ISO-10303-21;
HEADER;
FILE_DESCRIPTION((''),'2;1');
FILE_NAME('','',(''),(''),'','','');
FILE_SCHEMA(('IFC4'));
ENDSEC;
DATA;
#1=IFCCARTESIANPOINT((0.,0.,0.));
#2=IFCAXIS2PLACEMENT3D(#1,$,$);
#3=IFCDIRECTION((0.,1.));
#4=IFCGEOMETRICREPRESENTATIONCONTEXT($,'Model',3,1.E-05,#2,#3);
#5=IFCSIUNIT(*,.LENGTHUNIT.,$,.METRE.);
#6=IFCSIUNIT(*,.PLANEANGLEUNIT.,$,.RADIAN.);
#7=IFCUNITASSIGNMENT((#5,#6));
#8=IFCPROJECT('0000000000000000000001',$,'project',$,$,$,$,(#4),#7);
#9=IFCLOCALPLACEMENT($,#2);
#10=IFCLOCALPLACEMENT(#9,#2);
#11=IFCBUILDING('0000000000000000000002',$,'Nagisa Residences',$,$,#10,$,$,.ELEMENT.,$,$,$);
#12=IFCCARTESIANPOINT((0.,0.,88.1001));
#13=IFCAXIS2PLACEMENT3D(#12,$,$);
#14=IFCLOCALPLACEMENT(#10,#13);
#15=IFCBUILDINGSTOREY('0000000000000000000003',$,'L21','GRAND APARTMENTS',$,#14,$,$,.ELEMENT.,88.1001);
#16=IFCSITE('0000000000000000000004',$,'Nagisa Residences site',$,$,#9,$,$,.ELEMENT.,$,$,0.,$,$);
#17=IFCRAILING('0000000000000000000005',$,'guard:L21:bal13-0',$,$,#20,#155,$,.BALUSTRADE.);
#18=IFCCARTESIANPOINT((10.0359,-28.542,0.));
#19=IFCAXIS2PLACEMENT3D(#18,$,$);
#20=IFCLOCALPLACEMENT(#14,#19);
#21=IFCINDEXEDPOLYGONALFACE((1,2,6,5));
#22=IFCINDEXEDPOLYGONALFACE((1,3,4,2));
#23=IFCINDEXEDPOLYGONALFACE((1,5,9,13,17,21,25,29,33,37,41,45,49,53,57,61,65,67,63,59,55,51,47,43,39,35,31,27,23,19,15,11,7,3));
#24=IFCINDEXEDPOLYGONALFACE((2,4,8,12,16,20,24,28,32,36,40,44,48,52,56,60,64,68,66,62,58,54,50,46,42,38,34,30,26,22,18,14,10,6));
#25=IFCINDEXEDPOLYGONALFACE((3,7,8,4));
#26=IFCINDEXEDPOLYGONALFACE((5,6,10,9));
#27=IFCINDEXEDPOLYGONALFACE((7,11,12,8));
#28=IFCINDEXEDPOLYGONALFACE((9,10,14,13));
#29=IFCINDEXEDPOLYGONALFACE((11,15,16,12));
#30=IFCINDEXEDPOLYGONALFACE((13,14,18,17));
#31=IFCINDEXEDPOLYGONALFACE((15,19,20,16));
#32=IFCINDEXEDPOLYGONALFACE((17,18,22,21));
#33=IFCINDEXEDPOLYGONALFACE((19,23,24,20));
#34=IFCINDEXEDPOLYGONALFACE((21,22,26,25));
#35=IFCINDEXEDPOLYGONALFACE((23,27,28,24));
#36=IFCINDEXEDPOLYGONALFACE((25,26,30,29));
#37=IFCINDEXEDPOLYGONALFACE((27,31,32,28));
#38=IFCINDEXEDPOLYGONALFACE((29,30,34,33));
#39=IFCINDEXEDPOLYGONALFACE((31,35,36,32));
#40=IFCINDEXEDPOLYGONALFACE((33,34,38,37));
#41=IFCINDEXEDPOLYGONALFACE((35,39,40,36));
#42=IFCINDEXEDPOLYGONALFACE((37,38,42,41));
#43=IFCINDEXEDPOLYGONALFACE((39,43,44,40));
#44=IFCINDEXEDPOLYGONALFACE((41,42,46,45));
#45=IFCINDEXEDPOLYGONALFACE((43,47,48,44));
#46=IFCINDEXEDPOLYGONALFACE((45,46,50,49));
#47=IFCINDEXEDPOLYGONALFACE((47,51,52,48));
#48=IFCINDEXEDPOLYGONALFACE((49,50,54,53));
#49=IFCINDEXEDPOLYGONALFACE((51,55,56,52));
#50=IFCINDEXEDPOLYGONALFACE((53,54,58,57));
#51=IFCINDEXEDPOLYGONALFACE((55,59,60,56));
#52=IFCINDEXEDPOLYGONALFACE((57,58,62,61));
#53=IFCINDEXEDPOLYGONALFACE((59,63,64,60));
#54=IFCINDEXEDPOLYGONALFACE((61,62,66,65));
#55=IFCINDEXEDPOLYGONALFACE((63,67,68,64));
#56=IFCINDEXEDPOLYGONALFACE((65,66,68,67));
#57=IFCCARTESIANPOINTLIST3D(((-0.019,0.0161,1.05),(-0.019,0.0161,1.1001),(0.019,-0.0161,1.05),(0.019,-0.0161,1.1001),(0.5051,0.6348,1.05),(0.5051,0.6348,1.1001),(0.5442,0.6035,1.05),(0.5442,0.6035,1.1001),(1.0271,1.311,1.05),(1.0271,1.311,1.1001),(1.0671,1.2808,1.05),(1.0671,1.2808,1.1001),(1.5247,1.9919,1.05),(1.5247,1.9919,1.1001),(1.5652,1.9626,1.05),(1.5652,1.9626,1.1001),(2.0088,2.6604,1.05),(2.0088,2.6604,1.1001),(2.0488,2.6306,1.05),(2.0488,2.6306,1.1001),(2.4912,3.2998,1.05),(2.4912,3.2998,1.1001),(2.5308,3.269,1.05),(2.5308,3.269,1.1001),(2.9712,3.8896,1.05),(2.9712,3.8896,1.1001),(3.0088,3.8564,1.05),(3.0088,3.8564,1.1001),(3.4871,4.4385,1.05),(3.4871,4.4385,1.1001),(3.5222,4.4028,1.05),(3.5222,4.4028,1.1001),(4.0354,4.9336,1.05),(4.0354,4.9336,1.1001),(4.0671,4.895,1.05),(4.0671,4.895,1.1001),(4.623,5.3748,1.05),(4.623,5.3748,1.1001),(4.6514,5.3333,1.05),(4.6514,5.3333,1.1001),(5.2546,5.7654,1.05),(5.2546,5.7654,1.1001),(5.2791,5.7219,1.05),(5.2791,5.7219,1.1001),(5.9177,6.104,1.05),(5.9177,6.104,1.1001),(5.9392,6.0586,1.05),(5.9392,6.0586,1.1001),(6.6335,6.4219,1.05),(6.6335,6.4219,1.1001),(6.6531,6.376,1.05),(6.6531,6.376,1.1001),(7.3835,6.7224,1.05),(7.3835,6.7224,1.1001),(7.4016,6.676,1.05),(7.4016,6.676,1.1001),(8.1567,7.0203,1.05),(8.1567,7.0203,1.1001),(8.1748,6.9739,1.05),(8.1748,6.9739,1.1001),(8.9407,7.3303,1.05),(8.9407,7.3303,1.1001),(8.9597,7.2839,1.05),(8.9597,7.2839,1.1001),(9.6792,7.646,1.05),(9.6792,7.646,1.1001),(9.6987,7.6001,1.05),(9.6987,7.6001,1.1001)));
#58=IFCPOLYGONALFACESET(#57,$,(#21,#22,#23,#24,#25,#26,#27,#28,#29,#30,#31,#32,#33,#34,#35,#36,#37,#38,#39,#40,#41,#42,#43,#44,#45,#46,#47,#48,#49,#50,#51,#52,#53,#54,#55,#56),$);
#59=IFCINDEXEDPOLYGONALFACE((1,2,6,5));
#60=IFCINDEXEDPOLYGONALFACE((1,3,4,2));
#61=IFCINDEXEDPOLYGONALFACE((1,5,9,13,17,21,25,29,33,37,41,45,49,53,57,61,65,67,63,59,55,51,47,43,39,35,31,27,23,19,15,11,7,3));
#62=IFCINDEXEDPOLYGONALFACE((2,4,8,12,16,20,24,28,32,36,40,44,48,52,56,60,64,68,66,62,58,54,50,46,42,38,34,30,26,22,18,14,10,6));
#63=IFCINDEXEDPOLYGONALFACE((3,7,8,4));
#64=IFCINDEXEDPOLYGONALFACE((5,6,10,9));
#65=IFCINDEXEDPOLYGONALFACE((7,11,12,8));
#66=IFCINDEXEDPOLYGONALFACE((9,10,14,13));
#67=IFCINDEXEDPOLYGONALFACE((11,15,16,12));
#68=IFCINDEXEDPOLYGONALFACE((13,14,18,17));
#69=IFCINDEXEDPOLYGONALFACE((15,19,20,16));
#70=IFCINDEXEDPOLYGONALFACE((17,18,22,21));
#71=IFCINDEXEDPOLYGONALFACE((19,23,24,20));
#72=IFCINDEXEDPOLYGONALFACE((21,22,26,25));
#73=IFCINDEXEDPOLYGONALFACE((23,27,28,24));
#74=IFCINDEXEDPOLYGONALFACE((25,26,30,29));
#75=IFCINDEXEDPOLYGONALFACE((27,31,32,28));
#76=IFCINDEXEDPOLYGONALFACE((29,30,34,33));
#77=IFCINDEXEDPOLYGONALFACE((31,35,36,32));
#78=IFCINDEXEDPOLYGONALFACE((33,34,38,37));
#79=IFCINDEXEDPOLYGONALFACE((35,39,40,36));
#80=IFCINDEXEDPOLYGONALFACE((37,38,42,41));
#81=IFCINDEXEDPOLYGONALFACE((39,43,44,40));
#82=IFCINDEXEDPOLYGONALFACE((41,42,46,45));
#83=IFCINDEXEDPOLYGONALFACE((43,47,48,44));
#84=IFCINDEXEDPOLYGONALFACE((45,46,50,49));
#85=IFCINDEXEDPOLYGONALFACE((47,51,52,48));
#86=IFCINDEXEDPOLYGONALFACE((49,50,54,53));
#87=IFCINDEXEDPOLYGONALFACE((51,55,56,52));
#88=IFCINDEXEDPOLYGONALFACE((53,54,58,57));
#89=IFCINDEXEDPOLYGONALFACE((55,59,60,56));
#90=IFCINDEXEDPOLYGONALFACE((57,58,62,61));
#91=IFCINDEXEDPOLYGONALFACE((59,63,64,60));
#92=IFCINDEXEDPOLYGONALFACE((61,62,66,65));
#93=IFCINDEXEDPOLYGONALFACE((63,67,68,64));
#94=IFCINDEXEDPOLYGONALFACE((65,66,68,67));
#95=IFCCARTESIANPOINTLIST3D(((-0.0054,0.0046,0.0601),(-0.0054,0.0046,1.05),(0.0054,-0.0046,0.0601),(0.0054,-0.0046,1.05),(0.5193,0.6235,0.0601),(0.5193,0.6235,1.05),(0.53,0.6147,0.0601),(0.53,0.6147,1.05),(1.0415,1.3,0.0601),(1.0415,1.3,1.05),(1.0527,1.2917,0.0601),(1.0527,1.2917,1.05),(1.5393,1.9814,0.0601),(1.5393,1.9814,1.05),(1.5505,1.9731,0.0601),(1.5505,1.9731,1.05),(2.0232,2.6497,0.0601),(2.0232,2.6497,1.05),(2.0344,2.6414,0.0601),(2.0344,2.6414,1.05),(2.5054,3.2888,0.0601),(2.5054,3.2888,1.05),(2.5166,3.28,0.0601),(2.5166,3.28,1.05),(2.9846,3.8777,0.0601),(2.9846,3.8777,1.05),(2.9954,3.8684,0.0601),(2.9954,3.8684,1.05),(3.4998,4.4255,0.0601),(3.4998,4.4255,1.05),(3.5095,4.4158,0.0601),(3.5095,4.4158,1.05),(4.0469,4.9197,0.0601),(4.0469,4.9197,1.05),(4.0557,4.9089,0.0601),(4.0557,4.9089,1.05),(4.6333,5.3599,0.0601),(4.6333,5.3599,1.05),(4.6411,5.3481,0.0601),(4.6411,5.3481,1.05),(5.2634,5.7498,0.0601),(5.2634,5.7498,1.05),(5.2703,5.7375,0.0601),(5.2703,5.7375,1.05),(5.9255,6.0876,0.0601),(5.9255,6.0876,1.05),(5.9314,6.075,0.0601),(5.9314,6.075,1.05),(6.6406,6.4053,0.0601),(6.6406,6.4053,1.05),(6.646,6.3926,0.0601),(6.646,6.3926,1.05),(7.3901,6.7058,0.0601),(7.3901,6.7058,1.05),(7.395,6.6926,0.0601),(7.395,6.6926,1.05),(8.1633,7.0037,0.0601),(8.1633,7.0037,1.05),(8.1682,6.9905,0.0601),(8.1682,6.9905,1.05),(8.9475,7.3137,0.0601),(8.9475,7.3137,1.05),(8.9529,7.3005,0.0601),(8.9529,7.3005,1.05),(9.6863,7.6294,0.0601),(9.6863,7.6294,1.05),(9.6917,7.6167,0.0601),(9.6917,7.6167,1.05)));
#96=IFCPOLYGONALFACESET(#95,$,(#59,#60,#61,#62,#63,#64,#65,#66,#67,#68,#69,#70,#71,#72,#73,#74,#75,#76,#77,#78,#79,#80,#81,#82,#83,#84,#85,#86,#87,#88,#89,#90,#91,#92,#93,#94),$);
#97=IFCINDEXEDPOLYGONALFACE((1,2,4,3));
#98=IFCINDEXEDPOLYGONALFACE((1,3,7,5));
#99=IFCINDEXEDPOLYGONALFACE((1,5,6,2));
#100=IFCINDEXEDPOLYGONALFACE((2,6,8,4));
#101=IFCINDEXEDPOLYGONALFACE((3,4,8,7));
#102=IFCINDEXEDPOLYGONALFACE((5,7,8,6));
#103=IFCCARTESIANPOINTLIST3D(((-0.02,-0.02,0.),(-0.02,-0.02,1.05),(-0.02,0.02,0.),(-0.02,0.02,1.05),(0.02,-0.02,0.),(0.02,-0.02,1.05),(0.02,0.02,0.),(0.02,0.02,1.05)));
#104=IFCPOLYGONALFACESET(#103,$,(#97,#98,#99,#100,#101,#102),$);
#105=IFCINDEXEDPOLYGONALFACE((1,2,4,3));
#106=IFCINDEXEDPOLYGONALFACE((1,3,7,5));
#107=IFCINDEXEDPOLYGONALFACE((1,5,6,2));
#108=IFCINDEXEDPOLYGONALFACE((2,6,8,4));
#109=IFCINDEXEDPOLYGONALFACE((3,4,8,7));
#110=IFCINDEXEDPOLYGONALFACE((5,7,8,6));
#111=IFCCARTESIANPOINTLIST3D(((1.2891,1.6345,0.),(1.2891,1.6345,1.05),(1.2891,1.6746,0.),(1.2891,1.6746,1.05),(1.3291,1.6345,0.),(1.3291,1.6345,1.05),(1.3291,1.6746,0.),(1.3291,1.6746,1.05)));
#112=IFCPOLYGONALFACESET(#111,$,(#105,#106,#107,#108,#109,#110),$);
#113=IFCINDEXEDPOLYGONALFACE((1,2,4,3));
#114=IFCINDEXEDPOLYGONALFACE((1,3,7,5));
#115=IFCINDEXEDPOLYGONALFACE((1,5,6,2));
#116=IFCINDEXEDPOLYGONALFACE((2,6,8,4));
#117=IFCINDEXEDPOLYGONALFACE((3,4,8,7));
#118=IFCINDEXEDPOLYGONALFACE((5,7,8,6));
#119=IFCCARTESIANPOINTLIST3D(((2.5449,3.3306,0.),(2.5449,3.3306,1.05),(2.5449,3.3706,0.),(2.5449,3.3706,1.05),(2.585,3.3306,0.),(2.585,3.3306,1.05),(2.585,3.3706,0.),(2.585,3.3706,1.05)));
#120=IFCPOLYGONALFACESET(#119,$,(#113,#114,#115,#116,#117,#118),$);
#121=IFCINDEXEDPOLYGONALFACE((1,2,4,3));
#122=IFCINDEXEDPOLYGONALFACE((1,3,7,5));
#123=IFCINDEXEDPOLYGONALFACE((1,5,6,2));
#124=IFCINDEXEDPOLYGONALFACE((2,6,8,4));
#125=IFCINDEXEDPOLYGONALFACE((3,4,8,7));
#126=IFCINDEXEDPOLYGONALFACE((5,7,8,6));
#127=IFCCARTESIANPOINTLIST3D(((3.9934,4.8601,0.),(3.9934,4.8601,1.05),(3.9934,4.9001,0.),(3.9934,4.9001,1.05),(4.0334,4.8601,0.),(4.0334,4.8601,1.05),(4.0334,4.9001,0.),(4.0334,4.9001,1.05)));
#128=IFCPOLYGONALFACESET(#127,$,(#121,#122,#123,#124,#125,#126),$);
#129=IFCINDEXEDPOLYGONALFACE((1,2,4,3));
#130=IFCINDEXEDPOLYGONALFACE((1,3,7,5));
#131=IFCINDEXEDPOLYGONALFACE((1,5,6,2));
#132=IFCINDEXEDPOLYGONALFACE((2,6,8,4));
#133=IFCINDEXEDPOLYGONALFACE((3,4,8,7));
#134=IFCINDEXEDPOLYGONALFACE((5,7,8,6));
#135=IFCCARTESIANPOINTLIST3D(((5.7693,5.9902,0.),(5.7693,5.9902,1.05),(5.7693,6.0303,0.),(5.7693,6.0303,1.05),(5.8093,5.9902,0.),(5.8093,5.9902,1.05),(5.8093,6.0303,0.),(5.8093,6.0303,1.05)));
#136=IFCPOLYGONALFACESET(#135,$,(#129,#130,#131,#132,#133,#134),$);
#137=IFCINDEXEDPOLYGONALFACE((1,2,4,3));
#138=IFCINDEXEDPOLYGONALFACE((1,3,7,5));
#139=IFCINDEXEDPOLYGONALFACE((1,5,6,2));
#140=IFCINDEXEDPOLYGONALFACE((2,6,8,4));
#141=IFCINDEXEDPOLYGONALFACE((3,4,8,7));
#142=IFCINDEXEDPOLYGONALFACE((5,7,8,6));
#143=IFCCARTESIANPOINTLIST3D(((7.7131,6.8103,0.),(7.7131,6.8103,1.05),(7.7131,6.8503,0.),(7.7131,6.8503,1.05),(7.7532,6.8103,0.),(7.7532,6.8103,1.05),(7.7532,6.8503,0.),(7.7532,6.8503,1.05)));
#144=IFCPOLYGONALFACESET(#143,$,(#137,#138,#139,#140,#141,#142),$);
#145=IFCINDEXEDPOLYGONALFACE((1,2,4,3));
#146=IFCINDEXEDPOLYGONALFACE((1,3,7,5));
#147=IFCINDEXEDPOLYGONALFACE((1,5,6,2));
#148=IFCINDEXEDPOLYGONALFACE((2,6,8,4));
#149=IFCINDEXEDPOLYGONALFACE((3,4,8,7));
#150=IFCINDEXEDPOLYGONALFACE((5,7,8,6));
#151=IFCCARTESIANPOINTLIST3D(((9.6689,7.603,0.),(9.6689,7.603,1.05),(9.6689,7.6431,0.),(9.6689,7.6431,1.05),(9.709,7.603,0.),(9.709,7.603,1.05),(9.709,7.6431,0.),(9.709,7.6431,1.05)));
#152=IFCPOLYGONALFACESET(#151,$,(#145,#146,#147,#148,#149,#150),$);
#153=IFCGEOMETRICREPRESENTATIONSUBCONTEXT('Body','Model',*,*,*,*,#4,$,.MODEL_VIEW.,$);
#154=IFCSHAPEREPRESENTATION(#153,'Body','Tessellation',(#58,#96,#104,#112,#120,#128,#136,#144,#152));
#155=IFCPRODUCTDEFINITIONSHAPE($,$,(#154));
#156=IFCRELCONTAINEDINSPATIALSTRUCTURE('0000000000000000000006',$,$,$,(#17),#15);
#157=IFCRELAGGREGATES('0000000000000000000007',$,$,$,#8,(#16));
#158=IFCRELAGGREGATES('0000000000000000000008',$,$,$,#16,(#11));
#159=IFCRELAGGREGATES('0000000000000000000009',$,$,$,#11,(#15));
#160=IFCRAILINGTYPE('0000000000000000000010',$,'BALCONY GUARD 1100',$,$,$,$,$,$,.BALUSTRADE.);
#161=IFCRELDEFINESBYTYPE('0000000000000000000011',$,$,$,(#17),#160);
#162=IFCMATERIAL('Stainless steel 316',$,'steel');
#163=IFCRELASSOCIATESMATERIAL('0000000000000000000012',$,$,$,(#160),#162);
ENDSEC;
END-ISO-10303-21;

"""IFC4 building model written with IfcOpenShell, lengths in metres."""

from ifc_helpers import new_model, si_unit, direction, frame, origin, origin_2d, place, context, subcontext, project, spatial, polyline, rectangle, outline, extrude, material, type_object, element, save


model = new_model("IFC4")

# Units and contexts
model_context = context("Model", 3, precision=1e-05, world=origin(), true_north=direction((0.0, 1.0)))
body_context = subcontext(model_context, "Body", "Model", "MODEL_VIEW")
ifc_project = project(units=[si_unit("LENGTHUNIT", "METRE"), si_unit("PLANEANGLEUNIT", "RADIAN")], contexts=[model_context])

# Site, building, storey
site_placement = place(None, origin())
site = spatial("IfcSite", under=ifc_project, at=site_placement, Name="Nagisa Residences site", CompositionType="ELEMENT", RefElevation=0.0)
building_placement = place(site_placement, origin())
building = spatial("IfcBuilding", under=site, at=building_placement, Name="Nagisa Residences", CompositionType="ELEMENT")
storey_placement = place(building_placement, frame((0.0, 0.0, 88.1001)))
storey = spatial("IfcBuildingStorey", under=building, at=storey_placement, Name="L21", Description="GRAND APARTMENTS", CompositionType="ELEMENT", Elevation=88.1001)

# Railing
ifc_material_1 = material(Name="Stainless steel 316", Category="steel")
railing_type = type_object("IfcRailingType", Name="BALCONY GUARD 1100", PredefinedType="BALUSTRADE", material=ifc_material_1)
railing_placement = place(storey_placement, frame((10.0359, -28.542, 0.0)))
element("IfcRailing", 1, at=railing_placement, inside=storey, type_object=railing_type, Name="guard:L21:bal13-0", PredefinedType="BALUSTRADE", context=body_context, shape_type="SweptSolid", body=[
    extrude(outline(polyline([(0.5051, 0.6348), (-0.019, 0.0161), (0.019, -0.0161), (0.5442, 0.6035), (1.0671, 1.2808), (1.5652, 1.9626), (2.0488, 2.6306), (2.5308, 3.269), (3.0088, 3.8564), (3.5222, 4.4028), (4.0671, 4.895), (4.6514, 5.3333), (5.2791, 5.7219), (5.9392, 6.0586), (6.6531, 6.376), (7.4016, 6.676), (8.1748, 6.9739), (8.9597, 7.2839), (9.6987, 7.6001), (9.6792, 7.646), (8.9407, 7.3303), (8.1567, 7.0203), (7.3835, 6.7224), (6.6335, 6.4219), (5.9177, 6.104), (5.2546, 5.7654), (4.623, 5.3748), (4.0354, 4.9336), (3.4871, 4.4385), (2.9712, 3.8896), (2.4912, 3.2998), (2.0088, 2.6604), (1.5247, 1.9919), (1.0271, 1.311), (0.5051, 0.6348)])), frame((0.0, 0.0, 1.05)), (0.0, 0.0, 1.0), 0.05),
    extrude(outline(polyline([(0.5193, 0.6235), (-0.0054, 0.0046), (0.0054, -0.0046), (0.53, 0.6147), (1.0527, 1.2917), (1.5505, 1.9731), (2.0344, 2.6414), (2.5166, 3.28), (2.9954, 3.8684), (3.5095, 4.4158), (4.0557, 4.9089), (4.6411, 5.3481), (5.2703, 5.7375), (5.9314, 6.075), (6.646, 6.3926), (7.395, 6.6926), (8.1682, 6.9905), (8.9529, 7.3005), (9.6917, 7.6167), (9.6863, 7.6294), (8.9475, 7.3137), (8.1633, 7.0037), (7.3901, 6.7058), (6.6406, 6.4053), (5.9255, 6.0876), (5.2634, 5.7498), (4.6333, 5.3599), (4.0469, 4.9197), (3.4998, 4.4255), (2.9846, 3.8777), (2.5054, 3.2888), (2.0232, 2.6497), (1.5393, 1.9814), (1.0415, 1.3), (0.5193, 0.6235)])), frame((0.0, 0.0, 0.0601)), (0.0, 0.0, 1.0), 0.99),
    extrude(rectangle(XDim=0.04, YDim=0.04, at=origin_2d()), origin(), (0.0, 0.0, 1.0), 1.05),
    extrude(rectangle(XDim=0.04, YDim=0.04, at=origin_2d()), frame((1.3091, 1.6545, 0.0)), (0.0, 0.0, 1.0), 1.05),
    extrude(rectangle(XDim=0.04, YDim=0.04, at=origin_2d()), frame((2.5649, 3.3506, 0.0)), (0.0, 0.0, 1.0), 1.05),
    extrude(rectangle(XDim=0.04, YDim=0.04, at=origin_2d()), frame((4.0134, 4.8801, 0.0)), (0.0, 0.0, 1.0), 1.05),
    extrude(rectangle(XDim=0.04, YDim=0.04, at=origin_2d()), frame((5.7893, 6.0103, 0.0)), (0.0, 0.0, 1.0), 1.05),
    extrude(rectangle(XDim=0.04, YDim=0.04, at=origin_2d()), frame((7.7332, 6.8303, 0.0)), (0.0, 0.0, 1.0), 1.05),
    extrude(rectangle(XDim=0.04, YDim=0.04, at=origin_2d()), frame((9.689, 7.623, 0.0)), (0.0, 0.0, 1.0), 1.05),
])

save(model, "model.ifc")
